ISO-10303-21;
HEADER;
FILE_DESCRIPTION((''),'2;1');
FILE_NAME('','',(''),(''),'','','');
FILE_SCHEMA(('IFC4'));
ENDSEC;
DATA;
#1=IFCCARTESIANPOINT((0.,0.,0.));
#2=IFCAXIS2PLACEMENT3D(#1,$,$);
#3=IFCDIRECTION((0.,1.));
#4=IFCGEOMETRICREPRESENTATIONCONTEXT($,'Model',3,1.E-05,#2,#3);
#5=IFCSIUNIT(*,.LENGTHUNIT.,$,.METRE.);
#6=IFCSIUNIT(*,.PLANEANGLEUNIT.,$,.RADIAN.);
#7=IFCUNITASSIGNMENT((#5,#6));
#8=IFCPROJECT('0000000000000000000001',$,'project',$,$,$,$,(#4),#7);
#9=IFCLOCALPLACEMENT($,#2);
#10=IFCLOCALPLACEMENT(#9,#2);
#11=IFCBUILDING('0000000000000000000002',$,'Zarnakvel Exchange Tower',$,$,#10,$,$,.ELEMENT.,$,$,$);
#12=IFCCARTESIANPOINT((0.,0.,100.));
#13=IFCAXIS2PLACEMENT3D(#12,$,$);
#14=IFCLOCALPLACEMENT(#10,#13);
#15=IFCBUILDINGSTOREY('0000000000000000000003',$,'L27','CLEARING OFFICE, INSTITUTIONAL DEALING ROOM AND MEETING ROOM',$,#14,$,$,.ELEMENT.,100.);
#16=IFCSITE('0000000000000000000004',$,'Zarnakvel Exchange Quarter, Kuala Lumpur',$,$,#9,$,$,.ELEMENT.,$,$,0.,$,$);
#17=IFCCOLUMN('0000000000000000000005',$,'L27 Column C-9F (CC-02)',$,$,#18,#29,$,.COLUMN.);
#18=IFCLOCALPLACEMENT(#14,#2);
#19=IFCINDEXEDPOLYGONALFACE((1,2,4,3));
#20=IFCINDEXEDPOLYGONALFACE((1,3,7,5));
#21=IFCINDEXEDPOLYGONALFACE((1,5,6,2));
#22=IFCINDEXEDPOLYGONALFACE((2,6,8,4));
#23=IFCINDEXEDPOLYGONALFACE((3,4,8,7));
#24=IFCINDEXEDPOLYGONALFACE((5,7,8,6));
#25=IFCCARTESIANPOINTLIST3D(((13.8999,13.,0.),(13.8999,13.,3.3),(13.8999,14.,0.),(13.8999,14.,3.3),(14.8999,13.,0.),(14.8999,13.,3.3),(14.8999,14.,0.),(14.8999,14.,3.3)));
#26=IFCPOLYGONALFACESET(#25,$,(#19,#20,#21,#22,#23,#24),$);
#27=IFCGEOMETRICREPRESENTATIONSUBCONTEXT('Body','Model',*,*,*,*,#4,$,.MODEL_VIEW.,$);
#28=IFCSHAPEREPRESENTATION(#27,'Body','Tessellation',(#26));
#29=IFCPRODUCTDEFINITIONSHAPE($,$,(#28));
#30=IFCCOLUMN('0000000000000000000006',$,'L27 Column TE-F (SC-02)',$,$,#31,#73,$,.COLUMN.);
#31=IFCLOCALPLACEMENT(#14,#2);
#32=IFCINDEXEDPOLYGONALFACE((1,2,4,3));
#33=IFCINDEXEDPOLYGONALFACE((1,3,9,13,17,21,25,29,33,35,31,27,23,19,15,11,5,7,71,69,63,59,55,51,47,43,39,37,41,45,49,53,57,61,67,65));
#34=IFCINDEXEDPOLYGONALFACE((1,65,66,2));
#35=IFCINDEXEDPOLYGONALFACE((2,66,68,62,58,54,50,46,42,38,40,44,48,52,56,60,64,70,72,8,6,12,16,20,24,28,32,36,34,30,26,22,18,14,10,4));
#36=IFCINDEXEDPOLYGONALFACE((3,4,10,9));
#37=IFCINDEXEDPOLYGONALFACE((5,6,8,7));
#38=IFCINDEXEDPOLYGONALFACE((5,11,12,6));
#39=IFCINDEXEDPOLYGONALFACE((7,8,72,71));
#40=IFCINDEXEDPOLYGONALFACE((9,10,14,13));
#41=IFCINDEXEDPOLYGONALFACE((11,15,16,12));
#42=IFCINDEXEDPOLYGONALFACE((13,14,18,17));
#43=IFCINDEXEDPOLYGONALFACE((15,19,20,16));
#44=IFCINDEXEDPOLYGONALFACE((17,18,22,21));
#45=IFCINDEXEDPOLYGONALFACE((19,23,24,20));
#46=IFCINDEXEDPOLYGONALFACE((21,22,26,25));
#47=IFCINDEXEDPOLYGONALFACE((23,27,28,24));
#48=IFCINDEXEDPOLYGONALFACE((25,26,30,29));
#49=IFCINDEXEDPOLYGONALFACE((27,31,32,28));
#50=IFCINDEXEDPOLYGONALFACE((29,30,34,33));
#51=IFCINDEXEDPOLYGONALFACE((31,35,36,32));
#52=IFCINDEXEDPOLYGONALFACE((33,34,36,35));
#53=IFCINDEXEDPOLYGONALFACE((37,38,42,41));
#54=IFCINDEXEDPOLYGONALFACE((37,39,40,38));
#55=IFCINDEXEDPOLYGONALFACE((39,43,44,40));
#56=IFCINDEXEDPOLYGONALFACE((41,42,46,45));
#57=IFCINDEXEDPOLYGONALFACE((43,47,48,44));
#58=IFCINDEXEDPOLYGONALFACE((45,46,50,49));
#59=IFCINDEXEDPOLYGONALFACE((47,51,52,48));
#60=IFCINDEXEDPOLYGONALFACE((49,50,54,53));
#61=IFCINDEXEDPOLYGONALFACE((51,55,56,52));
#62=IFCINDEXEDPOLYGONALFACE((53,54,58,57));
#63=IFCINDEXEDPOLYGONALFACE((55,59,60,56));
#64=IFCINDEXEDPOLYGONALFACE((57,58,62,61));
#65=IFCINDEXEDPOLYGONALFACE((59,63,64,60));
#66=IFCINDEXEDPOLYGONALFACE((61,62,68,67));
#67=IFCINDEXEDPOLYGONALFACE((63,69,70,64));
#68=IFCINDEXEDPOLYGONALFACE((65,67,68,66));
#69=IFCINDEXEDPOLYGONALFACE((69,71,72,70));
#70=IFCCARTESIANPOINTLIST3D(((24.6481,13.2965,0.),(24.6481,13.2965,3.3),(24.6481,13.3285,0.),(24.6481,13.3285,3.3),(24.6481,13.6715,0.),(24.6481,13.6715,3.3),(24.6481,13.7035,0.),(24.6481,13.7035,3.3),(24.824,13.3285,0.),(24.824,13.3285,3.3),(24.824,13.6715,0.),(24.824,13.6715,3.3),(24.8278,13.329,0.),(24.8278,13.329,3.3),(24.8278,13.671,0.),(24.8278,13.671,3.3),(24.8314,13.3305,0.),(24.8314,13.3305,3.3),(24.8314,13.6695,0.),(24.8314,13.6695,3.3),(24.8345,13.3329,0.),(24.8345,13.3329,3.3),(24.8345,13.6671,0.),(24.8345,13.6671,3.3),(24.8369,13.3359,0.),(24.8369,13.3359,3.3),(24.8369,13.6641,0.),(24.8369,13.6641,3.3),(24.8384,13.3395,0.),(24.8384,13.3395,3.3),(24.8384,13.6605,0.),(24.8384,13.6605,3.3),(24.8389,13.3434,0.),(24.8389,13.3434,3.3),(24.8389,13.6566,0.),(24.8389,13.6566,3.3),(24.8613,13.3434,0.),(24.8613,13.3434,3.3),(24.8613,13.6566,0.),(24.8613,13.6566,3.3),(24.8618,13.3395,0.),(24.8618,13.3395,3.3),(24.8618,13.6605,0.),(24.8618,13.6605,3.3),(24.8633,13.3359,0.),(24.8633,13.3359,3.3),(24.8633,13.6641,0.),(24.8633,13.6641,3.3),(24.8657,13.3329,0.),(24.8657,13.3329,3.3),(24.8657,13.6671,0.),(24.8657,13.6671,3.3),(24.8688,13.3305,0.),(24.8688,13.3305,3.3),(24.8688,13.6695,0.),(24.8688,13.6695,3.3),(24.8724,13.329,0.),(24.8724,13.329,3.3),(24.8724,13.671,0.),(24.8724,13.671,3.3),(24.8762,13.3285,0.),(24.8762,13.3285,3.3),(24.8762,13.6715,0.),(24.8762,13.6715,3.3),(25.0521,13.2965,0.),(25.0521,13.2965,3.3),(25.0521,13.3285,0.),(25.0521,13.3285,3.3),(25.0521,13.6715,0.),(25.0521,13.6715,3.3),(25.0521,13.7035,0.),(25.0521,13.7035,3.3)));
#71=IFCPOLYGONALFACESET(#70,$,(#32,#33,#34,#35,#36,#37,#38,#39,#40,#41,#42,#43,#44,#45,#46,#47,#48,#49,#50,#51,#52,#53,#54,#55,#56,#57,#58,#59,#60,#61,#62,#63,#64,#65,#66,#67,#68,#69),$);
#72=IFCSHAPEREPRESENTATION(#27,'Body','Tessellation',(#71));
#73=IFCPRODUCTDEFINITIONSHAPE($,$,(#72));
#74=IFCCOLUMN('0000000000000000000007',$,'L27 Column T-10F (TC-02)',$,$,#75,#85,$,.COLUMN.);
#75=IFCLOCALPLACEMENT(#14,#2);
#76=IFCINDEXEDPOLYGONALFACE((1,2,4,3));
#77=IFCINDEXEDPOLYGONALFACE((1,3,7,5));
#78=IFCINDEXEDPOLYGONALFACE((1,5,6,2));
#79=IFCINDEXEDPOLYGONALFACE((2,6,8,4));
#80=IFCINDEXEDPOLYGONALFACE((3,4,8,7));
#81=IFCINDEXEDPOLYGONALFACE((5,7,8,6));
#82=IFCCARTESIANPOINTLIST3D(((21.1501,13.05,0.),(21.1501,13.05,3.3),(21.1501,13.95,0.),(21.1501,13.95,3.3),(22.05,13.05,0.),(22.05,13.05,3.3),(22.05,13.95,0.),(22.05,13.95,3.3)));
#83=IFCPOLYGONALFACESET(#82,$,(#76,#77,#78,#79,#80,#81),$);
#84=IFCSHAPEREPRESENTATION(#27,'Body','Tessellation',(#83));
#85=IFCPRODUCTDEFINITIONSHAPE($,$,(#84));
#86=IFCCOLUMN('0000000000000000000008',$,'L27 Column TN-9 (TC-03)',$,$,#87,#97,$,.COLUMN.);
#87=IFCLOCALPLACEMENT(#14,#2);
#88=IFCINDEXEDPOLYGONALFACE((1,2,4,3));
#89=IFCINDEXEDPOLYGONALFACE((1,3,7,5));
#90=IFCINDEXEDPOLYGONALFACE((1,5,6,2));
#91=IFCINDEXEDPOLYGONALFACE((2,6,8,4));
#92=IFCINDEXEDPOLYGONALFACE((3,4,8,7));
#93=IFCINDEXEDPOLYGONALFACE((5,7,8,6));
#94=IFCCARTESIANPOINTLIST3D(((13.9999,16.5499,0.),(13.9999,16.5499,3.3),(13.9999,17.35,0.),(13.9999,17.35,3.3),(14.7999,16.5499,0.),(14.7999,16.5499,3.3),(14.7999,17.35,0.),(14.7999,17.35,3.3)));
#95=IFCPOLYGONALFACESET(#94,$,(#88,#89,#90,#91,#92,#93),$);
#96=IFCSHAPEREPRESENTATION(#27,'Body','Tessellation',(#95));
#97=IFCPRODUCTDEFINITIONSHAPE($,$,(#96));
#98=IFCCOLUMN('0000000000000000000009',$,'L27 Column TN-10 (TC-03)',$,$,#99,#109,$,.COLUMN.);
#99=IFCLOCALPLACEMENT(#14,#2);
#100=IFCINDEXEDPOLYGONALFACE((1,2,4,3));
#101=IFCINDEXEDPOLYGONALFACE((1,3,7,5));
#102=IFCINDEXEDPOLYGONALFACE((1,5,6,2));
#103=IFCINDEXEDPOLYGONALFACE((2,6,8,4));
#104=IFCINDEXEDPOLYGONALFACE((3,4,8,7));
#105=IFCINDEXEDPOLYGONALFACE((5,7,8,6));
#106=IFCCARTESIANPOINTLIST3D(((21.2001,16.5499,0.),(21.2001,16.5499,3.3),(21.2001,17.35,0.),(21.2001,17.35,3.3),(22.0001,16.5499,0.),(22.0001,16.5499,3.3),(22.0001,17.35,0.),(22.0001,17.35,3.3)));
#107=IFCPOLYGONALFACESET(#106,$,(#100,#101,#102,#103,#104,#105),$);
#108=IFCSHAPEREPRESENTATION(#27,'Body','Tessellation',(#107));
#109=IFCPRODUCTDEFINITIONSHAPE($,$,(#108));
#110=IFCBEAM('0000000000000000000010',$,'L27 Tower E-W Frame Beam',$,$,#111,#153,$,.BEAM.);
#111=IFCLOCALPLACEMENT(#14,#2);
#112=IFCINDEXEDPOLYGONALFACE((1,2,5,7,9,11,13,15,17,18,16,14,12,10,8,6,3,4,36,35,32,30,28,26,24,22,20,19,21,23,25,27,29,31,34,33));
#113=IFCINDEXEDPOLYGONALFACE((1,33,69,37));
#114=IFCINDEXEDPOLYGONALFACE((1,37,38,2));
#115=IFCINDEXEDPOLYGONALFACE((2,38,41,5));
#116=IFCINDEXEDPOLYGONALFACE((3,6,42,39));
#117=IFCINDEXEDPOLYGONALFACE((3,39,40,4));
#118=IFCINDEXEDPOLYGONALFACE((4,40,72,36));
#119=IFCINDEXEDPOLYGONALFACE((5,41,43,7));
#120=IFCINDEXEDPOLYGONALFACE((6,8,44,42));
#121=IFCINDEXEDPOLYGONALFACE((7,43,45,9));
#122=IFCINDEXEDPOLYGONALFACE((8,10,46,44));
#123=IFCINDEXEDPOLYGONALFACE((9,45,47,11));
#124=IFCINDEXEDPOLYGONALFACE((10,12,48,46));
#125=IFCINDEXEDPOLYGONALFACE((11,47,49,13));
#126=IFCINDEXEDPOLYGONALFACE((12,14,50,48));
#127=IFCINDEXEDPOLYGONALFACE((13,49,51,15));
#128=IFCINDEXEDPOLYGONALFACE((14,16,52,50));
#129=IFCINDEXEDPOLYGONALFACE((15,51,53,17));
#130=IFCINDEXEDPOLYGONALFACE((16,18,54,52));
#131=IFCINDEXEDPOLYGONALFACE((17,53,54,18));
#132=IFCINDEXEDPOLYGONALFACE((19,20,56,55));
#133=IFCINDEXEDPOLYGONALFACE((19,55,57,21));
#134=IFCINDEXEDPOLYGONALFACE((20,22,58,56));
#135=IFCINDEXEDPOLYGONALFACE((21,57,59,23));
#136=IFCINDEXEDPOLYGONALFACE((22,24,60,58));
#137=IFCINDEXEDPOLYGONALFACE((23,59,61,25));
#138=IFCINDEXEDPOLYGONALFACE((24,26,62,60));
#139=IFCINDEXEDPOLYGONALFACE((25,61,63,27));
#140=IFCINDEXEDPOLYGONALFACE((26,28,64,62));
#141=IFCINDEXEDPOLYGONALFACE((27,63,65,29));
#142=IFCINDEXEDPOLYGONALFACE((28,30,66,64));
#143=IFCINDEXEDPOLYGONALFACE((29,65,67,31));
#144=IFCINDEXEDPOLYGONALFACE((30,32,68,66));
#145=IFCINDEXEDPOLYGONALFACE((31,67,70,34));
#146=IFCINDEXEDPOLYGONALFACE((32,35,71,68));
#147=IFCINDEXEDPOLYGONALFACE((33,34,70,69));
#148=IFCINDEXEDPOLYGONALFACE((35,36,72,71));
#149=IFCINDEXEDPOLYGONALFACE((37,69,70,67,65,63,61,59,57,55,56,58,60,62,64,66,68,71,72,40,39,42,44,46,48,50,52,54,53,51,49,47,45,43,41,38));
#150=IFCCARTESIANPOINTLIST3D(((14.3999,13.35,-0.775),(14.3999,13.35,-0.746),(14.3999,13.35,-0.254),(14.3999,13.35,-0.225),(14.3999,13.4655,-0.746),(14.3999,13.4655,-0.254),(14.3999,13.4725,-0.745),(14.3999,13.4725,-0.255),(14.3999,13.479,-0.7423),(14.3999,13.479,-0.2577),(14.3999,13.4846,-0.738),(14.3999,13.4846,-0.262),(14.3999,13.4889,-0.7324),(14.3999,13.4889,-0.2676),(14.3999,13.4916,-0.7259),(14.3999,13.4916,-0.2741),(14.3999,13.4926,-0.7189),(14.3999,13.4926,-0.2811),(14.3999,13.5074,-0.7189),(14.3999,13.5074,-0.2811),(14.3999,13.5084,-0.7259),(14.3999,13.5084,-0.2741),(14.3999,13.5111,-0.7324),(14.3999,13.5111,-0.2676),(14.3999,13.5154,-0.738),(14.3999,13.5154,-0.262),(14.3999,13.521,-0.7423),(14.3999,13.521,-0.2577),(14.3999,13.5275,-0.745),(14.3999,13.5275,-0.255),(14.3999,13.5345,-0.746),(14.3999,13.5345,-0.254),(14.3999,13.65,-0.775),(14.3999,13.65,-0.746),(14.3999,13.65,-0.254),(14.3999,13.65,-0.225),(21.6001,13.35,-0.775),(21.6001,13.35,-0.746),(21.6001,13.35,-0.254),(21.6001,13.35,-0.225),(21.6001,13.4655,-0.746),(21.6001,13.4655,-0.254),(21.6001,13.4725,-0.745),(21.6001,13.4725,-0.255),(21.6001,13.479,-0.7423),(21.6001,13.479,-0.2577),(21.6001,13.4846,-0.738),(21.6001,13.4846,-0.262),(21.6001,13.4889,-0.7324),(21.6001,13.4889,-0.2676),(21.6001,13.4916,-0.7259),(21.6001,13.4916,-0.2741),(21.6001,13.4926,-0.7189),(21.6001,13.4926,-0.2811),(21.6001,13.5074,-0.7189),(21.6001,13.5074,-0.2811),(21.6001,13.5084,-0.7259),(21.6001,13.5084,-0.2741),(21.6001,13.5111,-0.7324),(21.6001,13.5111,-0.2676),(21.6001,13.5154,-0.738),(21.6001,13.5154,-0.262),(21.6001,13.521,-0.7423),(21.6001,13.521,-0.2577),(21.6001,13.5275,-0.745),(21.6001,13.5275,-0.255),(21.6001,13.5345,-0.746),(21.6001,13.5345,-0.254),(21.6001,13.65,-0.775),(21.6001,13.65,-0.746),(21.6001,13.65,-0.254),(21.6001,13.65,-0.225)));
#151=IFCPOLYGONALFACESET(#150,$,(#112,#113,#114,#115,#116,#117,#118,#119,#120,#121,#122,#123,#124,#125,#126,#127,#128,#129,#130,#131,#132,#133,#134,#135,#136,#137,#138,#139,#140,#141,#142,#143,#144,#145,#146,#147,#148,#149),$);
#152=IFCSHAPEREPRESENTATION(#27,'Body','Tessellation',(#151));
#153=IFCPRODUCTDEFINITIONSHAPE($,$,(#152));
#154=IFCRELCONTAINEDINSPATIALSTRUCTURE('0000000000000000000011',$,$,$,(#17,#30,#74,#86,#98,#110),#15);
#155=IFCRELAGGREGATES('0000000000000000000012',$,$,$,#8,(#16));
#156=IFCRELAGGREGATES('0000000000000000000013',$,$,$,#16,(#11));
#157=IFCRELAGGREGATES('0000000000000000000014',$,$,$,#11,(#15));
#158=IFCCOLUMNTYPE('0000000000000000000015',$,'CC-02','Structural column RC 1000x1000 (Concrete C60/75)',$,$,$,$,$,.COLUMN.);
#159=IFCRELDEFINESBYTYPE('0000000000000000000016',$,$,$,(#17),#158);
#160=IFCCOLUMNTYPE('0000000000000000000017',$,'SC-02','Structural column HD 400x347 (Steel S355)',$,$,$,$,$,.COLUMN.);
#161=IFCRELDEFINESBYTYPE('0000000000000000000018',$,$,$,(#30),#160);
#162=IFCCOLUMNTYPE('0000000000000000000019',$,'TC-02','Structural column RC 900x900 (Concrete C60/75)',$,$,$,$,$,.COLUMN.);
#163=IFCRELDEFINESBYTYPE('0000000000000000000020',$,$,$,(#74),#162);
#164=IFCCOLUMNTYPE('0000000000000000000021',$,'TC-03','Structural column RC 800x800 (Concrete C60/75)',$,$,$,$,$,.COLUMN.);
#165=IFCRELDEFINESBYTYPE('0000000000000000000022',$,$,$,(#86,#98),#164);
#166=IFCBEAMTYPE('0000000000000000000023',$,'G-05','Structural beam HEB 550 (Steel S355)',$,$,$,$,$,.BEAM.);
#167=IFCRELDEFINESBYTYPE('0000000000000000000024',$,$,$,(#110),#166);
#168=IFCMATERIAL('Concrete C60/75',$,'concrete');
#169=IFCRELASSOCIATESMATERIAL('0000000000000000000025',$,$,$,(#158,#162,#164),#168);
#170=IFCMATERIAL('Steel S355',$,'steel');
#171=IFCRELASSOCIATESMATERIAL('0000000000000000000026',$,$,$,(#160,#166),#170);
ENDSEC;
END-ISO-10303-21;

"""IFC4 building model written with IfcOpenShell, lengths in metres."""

from ifc_helpers import new_model, si_unit, direction, frame, origin, origin_2d, place, context, subcontext, project, spatial, rectangle, i_section, extrude, material, material_profile, profile_set, type_object, element, save


model = new_model("IFC4")

# Units and contexts
model_context = context("Model", 3, precision=1e-05, world=origin(), true_north=direction((0.0, 1.0)))
body_context = subcontext(model_context, "Body", "Model", "MODEL_VIEW")
ifc_project = project(units=[si_unit("LENGTHUNIT", "METRE"), si_unit("PLANEANGLEUNIT", "RADIAN")], contexts=[model_context])

# Site, building, storey
site_placement = place(None, origin())
site = spatial("IfcSite", under=ifc_project, at=site_placement, Name="Zarnakvel Exchange Quarter, Kuala Lumpur", CompositionType="ELEMENT", RefElevation=0.0)
building_placement = place(site_placement, origin())
building = spatial("IfcBuilding", under=site, at=building_placement, Name="Zarnakvel Exchange Tower", CompositionType="ELEMENT")
storey_placement = place(building_placement, frame((0.0, 0.0, 100.0)))
storey = spatial("IfcBuildingStorey", under=building, at=storey_placement, Name="L27", Description="CLEARING OFFICE, INSTITUTIONAL DEALING ROOM AND MEETING ROOM", CompositionType="ELEMENT", Elevation=100.0)

# Columns
ifc_material_1 = material(Name="Concrete C60/75", Category="concrete")
ifc_material_profile_1 = material_profile(ifc_material_1, rectangle(XDim=1.0, YDim=1.0, at=origin_2d()))
ifc_profile_set_1 = profile_set([ifc_material_profile_1], Name="Concrete C60/75")
column_type_1 = type_object("IfcColumnType", Name="CC-02", Description="Structural column RC 1000x1000 (Concrete C60/75)", PredefinedType="COLUMN", material=ifc_profile_set_1)
column_1_placement = place(storey_placement, frame((14.3999, 13.5, 0.0), z_axis=(0.0, 0.0, 1.0), x_axis=(1.0, 0.0, 0.0)))
element("IfcColumn", 1, at=column_1_placement, inside=storey, type_object=column_type_1, Name="L27 Column C-9F (CC-02)", PredefinedType="COLUMN", context=body_context, shape_type="SweptSolid", body=[
    extrude(rectangle(XDim=1.0, YDim=1.0, at=origin_2d()), origin(), (0.0, 0.0, 1.0), 3.3),
])
ifc_material_2 = material(Name="Steel S355", Category="steel")
ifc_material_profile_2 = material_profile(ifc_material_2, i_section(OverallWidth=0.4041, OverallDepth=0.407, WebThickness=0.0225, FlangeThickness=0.032, FilletRadius=0.0149, at=origin_2d()))
ifc_profile_set_2 = profile_set([ifc_material_profile_2], Name="Steel S355")
column_type_2 = type_object("IfcColumnType", Name="SC-02", Description="Structural column HD 400x347 (Steel S355)", PredefinedType="COLUMN", material=ifc_profile_set_2)
column_2_placement = place(storey_placement, frame((24.8501, 13.5, 0.0), z_axis=(0.0, 0.0, 1.0), x_axis=(1.0, 0.0, 0.0)))
element("IfcColumn", 2, at=column_2_placement, inside=storey, type_object=column_type_2, Name="L27 Column TE-F (SC-02)", PredefinedType="COLUMN", context=body_context, shape_type="SweptSolid", body=[
    extrude(i_section(OverallWidth=0.4041, OverallDepth=0.407, WebThickness=0.0225, FlangeThickness=0.032, FilletRadius=0.0149, at=origin_2d()), origin(), (0.0, 0.0, 1.0), 3.3),
])
ifc_material_profile_3 = material_profile(ifc_material_1, rectangle(XDim=0.8999, YDim=0.8999, at=origin_2d()))
ifc_profile_set_3 = profile_set([ifc_material_profile_3], Name="Concrete C60/75")
column_type_3 = type_object("IfcColumnType", Name="TC-02", Description="Structural column RC 900x900 (Concrete C60/75)", PredefinedType="COLUMN", material=ifc_profile_set_3)
column_3_placement = place(storey_placement, frame((21.6001, 13.5, 0.0), z_axis=(0.0, 0.0, 1.0), x_axis=(1.0, 0.0, 0.0)))
element("IfcColumn", 3, at=column_3_placement, inside=storey, type_object=column_type_3, Name="L27 Column T-10F (TC-02)", PredefinedType="COLUMN", context=body_context, shape_type="SweptSolid", body=[
    extrude(rectangle(XDim=0.8999, YDim=0.8999, at=origin_2d()), origin(), (0.0, 0.0, 1.0), 3.3),
])
ifc_material_profile_4 = material_profile(ifc_material_1, rectangle(XDim=0.8, YDim=0.8, at=origin_2d()))
ifc_profile_set_4 = profile_set([ifc_material_profile_4], Name="Concrete C60/75")
column_type_4 = type_object("IfcColumnType", Name="TC-03", Description="Structural column RC 800x800 (Concrete C60/75)", PredefinedType="COLUMN", material=ifc_profile_set_4)
for number, where, z_axis, x_axis, name in (
    (4, (14.3999, 16.95, 0.0), (0.0, 0.0, 1.0), (1.0, 0.0, 0.0), "L27 Column TN-9 (TC-03)"),
    (5, (21.6001, 16.95, 0.0), (0.0, 0.0, 1.0), (1.0, 0.0, 0.0), "L27 Column TN-10 (TC-03)"),
):
    element("IfcColumn", number, at=place(storey_placement, frame(where, z_axis=z_axis, x_axis=x_axis)), inside=storey, type_object=column_type_4, Name=name, PredefinedType="COLUMN", context=body_context, shape_type="SweptSolid", body=[
        extrude(rectangle(XDim=0.8, YDim=0.8, at=origin_2d()), origin(), (0.0, 0.0, 1.0), 3.3),
    ])

# Beam
ifc_material_profile_5 = material_profile(ifc_material_2, i_section(OverallWidth=0.3, OverallDepth=0.55, WebThickness=0.0149, FlangeThickness=0.0291, FilletRadius=0.0271, at=origin_2d()))
ifc_profile_set_5 = profile_set([ifc_material_profile_5], Name="Steel S355")
beam_type_1 = type_object("IfcBeamType", Name="G-05", Description="Structural beam HEB 550 (Steel S355)", PredefinedType="BEAM", material=ifc_profile_set_5)
beam_1_placement = place(storey_placement, frame((14.3999, 13.5, -0.5), z_axis=(1.0, 0.0, 0.0), x_axis=(0.0, 1.0, 0.0)))
element("IfcBeam", 6, at=beam_1_placement, inside=storey, type_object=beam_type_1, Name="L27 Tower E-W Frame Beam", PredefinedType="BEAM", context=body_context, shape_type="SweptSolid", body=[
    extrude(i_section(OverallWidth=0.3, OverallDepth=0.55, WebThickness=0.0149, FlangeThickness=0.0291, FilletRadius=0.0271, at=origin_2d()), origin(), (0.0, 0.0, 1.0), 7.2002),
])

save(model, "model.ifc")
